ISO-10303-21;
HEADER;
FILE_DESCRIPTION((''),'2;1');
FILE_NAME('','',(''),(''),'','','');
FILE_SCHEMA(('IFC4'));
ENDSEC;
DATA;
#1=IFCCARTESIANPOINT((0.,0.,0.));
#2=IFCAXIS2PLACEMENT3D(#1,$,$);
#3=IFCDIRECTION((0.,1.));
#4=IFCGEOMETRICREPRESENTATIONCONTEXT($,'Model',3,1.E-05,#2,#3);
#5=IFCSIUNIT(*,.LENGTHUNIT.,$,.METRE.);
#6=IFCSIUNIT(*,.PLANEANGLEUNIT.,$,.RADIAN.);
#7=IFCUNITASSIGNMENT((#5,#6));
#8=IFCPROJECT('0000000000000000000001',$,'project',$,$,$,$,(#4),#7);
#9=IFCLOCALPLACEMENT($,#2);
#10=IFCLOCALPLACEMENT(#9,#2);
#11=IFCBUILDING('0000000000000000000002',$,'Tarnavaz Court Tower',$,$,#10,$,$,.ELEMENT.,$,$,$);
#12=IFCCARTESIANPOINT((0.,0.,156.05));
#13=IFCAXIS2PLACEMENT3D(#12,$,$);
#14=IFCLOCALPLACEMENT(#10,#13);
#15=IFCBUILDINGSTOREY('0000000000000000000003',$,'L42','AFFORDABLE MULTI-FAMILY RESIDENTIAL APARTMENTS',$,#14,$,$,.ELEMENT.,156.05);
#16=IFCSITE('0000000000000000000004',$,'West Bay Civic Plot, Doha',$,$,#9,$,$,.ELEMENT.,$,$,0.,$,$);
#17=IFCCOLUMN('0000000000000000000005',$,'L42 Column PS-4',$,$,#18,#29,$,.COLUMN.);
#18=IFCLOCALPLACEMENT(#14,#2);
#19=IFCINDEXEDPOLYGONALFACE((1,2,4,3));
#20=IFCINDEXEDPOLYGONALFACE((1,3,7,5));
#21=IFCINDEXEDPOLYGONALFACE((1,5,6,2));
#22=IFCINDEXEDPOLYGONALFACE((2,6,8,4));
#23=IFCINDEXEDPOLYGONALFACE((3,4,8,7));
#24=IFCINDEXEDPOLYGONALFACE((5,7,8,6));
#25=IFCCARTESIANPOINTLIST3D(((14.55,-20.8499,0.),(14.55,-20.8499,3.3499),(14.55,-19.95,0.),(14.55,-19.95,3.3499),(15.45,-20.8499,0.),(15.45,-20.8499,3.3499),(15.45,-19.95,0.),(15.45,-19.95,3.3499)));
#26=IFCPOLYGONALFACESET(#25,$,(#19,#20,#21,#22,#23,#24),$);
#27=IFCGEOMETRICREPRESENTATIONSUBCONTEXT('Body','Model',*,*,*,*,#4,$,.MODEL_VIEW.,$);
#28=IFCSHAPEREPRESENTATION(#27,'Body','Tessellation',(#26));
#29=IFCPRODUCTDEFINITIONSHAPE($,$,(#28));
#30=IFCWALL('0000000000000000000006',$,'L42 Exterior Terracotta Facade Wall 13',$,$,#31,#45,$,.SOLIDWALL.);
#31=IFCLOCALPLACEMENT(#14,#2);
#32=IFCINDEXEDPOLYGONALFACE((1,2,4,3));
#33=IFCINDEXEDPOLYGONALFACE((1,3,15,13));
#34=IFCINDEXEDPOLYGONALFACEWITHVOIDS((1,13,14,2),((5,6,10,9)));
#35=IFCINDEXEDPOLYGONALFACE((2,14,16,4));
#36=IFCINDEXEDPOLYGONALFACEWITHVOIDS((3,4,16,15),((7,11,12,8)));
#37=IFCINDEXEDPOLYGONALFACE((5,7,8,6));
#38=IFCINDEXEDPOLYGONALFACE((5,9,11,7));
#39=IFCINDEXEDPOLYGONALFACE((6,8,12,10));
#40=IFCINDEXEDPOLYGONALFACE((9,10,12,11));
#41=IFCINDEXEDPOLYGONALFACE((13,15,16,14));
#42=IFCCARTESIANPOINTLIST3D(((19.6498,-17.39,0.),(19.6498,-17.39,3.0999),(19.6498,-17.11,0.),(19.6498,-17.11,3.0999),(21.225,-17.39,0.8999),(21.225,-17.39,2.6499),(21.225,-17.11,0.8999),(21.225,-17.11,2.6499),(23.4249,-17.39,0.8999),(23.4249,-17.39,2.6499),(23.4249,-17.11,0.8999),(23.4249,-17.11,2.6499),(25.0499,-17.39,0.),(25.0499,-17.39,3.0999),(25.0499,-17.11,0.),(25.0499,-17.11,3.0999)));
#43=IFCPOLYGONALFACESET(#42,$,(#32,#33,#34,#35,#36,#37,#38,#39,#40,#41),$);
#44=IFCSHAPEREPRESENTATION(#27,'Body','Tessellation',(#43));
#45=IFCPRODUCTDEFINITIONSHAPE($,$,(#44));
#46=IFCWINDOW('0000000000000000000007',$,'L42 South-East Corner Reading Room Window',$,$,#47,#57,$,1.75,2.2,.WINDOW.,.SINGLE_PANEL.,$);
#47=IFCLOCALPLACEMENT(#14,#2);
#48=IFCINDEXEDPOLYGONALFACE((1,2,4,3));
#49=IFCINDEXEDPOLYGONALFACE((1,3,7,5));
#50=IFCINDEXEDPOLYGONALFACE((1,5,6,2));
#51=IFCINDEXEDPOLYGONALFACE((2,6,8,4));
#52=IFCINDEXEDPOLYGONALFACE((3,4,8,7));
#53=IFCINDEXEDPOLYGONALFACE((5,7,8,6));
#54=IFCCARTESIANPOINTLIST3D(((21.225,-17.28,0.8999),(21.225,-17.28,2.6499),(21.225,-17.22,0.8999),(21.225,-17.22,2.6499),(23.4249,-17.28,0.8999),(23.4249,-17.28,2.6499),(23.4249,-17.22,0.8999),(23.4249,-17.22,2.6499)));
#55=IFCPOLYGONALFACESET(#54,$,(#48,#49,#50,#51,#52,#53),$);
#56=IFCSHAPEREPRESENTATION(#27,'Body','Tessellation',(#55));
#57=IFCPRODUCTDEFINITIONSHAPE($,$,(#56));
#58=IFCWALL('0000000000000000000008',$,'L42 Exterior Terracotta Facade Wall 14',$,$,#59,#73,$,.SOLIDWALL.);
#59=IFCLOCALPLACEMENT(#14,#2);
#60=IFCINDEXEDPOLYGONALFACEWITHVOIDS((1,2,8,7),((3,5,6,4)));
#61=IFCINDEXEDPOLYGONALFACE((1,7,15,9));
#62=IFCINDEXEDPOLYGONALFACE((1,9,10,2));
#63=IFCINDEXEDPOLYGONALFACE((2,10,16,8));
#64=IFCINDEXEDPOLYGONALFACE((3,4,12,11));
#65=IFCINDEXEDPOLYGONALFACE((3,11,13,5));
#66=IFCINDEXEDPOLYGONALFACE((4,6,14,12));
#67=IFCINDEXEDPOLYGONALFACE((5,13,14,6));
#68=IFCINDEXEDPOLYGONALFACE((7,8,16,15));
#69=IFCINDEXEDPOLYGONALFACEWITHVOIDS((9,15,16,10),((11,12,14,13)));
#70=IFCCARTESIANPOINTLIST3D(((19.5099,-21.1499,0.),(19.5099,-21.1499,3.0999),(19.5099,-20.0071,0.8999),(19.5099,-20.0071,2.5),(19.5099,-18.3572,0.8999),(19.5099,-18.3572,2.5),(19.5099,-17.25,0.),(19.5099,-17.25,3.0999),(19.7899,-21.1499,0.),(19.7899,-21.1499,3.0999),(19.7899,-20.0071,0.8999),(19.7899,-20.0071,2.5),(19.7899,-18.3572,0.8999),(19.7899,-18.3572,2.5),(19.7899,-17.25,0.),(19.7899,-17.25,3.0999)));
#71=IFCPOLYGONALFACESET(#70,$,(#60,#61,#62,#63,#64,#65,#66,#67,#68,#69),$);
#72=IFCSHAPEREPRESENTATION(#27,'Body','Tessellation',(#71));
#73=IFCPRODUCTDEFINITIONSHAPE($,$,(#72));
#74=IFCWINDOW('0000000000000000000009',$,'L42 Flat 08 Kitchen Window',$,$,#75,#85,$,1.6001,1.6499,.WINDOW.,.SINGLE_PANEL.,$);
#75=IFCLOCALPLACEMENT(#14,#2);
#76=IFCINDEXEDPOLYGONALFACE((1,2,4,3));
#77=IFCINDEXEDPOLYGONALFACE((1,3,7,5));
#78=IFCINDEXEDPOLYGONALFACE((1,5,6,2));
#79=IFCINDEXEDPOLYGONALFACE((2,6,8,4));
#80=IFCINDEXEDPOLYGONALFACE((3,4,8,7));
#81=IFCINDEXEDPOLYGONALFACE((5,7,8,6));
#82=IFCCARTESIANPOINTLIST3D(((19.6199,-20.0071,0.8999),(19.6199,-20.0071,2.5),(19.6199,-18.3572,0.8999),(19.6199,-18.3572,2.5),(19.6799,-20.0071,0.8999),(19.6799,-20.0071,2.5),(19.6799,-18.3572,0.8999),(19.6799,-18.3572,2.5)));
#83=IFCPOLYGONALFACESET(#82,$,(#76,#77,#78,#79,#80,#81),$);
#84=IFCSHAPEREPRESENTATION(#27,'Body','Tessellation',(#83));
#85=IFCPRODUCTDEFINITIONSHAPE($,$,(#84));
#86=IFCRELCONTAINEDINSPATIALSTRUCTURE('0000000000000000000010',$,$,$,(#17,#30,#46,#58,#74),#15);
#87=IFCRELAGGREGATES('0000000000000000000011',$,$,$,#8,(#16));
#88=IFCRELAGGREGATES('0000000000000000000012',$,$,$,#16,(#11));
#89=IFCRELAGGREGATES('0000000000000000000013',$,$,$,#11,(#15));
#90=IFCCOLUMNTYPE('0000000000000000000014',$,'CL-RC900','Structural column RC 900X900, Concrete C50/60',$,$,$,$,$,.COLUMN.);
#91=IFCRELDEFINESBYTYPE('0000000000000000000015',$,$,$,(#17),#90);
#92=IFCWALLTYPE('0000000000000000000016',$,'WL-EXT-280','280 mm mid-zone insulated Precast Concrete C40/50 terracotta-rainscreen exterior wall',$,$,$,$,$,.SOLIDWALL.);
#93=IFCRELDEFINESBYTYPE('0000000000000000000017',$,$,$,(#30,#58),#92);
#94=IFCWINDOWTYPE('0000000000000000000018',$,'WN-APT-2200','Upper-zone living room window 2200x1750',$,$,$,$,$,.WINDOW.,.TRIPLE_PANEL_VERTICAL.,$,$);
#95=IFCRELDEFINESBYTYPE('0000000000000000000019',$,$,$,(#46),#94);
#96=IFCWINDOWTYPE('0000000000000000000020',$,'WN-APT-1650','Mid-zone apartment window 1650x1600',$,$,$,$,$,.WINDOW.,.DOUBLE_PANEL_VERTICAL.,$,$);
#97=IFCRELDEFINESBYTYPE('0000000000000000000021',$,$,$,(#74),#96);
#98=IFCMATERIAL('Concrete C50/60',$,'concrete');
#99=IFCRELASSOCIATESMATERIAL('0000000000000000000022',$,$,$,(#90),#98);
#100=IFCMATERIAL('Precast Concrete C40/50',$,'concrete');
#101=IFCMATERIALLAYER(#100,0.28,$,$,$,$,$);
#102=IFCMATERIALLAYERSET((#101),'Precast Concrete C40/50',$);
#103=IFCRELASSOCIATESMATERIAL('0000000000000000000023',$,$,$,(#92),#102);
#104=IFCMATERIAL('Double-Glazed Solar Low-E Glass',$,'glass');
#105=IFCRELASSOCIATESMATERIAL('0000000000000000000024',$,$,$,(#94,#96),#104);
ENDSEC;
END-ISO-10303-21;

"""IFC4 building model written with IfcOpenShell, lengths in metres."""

from ifc_helpers import new_model, si_unit, direction, frame, frame_2d, origin, origin_2d, place, context, subcontext, project, spatial, rectangle, extrude, material, layer, layer_set, material_profile, profile_set, type_object, element, fill, save


model = new_model("IFC4")

# Units and contexts
model_context = context("Model", 3, precision=1e-05, world=origin(), true_north=direction((0.0, 1.0)))
body_context = subcontext(model_context, "Body", "Model", "MODEL_VIEW")
ifc_project = project(units=[si_unit("LENGTHUNIT", "METRE"), si_unit("PLANEANGLEUNIT", "RADIAN")], contexts=[model_context])

# Site, building, storey
site_placement = place(None, origin())
site = spatial("IfcSite", under=ifc_project, at=site_placement, Name="West Bay Civic Plot, Doha", CompositionType="ELEMENT", RefElevation=0.0)
building_placement = place(site_placement, origin())
building = spatial("IfcBuilding", under=site, at=building_placement, Name="Tarnavaz Court Tower", CompositionType="ELEMENT")
storey_placement = place(building_placement, frame((0.0, 0.0, 156.05)))
storey = spatial("IfcBuildingStorey", under=building, at=storey_placement, Name="L42", Description="AFFORDABLE MULTI-FAMILY RESIDENTIAL APARTMENTS", CompositionType="ELEMENT", Elevation=156.05)

# Column
ifc_material_1 = material(Name="Concrete C50/60", Category="concrete")
ifc_material_profile_1 = material_profile(ifc_material_1, rectangle(XDim=0.8999, YDim=0.8999, at=origin_2d()), Name="RC 900X900")
ifc_profile_set_1 = profile_set([ifc_material_profile_1], Name="Concrete C50/60")
column_type = type_object("IfcColumnType", Name="CL-RC900", Description="Structural column RC 900X900, Concrete C50/60", PredefinedType="COLUMN", material=ifc_profile_set_1)
column_placement = place(storey_placement, frame((15.0, -20.3999, 0.0), z_axis=(0.0, 0.0, 1.0), x_axis=(1.0, 0.0, 0.0)))
element("IfcColumn", 1, at=column_placement, inside=storey, type_object=column_type, Name="L42 Column PS-4", PredefinedType="COLUMN", context=body_context, shape_type="SweptSolid", body=[
    extrude(rectangle(XDim=0.8999, YDim=0.8999, at=origin_2d()), origin(), (0.0, 0.0, 1.0), 3.3499),
])

# Walls, openings, windows
ifc_material_2 = material(Name="Precast Concrete C40/50", Category="concrete")
ifc_layer_1 = layer(ifc_material_2, 0.28)
ifc_layer_set_1 = layer_set([ifc_layer_1], Name="Precast Concrete C40/50")
wall_type_1 = type_object("IfcWallType", Name="WL-EXT-280", Description="280 mm mid-zone insulated Precast Concrete C40/50 terracotta-rainscreen exterior wall", PredefinedType="SOLIDWALL", material=ifc_layer_set_1)
wall_1_placement = place(storey_placement, frame((25.05, -17.25, 0.0), z_axis=(0.0, 0.0, 1.0), x_axis=(-1.0, 0.0, 0.0)))
wall_1 = element("IfcWall", 2, at=wall_1_placement, inside=storey, type_object=wall_type_1, Name="L42 Exterior Terracotta Facade Wall 13", PredefinedType="SOLIDWALL", context=body_context, shape_type="SweptSolid", body=[
    extrude(rectangle(XDim=5.4001, YDim=0.28, at=frame_2d((2.7002, 0.0))), origin(), (0.0, 0.0, 1.0), 3.0999),
])
opening_1_placement = place(wall_1_placement, frame((1.625, 0.0, 0.8999)))
opening_1 = element("IfcOpeningElement", 3, at=opening_1_placement, cuts=wall_1, PredefinedType="OPENING", context=body_context, shape_type="SweptSolid", body=[
    extrude(rectangle(XDim=2.2, YDim=1.75, at=frame_2d((1.1001, 0.875))), frame((0.0, 0.1499, 0.0), z_axis=(0.0, -1.0, 0.0), x_axis=(1.0, 0.0, 0.0)), (0.0, 0.0, 1.0), 0.3),
])
ifc_material_3 = material(Name="Double-Glazed Solar Low-E Glass", Category="glass")
window_type_1 = type_object("IfcWindowType", Name="WN-APT-2200", Description="Upper-zone living room window 2200x1750", PartitioningType="TRIPLE_PANEL_VERTICAL", PredefinedType="WINDOW", material=ifc_material_3)
window_1_placement = place(opening_1_placement, origin())
window_1 = element("IfcWindow", 4, at=window_1_placement, inside=storey, type_object=window_type_1, Name="L42 South-East Corner Reading Room Window", OverallHeight=1.75, OverallWidth=2.2, PartitioningType="SINGLE_PANEL", PredefinedType="WINDOW", context=body_context, shape_type="SweptSolid", body=[
    extrude(rectangle(XDim=2.2, YDim=1.75, at=frame_2d((1.1001, 0.875))), frame((0.0, 0.03, 0.0), z_axis=(0.0, -1.0, 0.0), x_axis=(1.0, 0.0, 0.0)), (0.0, 0.0, 1.0), 0.0601),
])
fill(opening_1, window_1)
wall_2_placement = place(storey_placement, frame((19.6499, -17.25, 0.0), z_axis=(0.0, 0.0, 1.0), x_axis=(0.0, -1.0, 0.0)))
wall_2 = element("IfcWall", 5, at=wall_2_placement, inside=storey, type_object=wall_type_1, Name="L42 Exterior Terracotta Facade Wall 14", PredefinedType="SOLIDWALL", context=body_context, shape_type="SweptSolid", body=[
    extrude(rectangle(XDim=3.8999, YDim=0.28, at=frame_2d((1.95, 0.0))), origin(), (0.0, 0.0, 1.0), 3.0999),
])
opening_2_placement = place(wall_2_placement, frame((1.1072, 0.0, 0.8999)))
opening_2 = element("IfcOpeningElement", 6, at=opening_2_placement, cuts=wall_2, PredefinedType="OPENING", context=body_context, shape_type="SweptSolid", body=[
    extrude(rectangle(XDim=1.6499, YDim=1.6001, at=frame_2d((0.825, 0.8))), frame((0.0, 0.1499, 0.0), z_axis=(0.0, -1.0, 0.0), x_axis=(1.0, 0.0, 0.0)), (0.0, 0.0, 1.0), 0.3),
])
window_type_2 = type_object("IfcWindowType", Name="WN-APT-1650", Description="Mid-zone apartment window 1650x1600", PartitioningType="DOUBLE_PANEL_VERTICAL", PredefinedType="WINDOW", material=ifc_material_3)
window_2_placement = place(opening_2_placement, origin())
window_2 = element("IfcWindow", 7, at=window_2_placement, inside=storey, type_object=window_type_2, Name="L42 Flat 08 Kitchen Window", OverallHeight=1.6001, OverallWidth=1.6499, PartitioningType="SINGLE_PANEL", PredefinedType="WINDOW", context=body_context, shape_type="SweptSolid", body=[
    extrude(rectangle(XDim=1.6499, YDim=1.6001, at=frame_2d((0.825, 0.8))), frame((0.0, 0.03, 0.0), z_axis=(0.0, -1.0, 0.0), x_axis=(1.0, 0.0, 0.0)), (0.0, 0.0, 1.0), 0.0601),
])
fill(opening_2, window_2)

save(model, "model.ifc")
